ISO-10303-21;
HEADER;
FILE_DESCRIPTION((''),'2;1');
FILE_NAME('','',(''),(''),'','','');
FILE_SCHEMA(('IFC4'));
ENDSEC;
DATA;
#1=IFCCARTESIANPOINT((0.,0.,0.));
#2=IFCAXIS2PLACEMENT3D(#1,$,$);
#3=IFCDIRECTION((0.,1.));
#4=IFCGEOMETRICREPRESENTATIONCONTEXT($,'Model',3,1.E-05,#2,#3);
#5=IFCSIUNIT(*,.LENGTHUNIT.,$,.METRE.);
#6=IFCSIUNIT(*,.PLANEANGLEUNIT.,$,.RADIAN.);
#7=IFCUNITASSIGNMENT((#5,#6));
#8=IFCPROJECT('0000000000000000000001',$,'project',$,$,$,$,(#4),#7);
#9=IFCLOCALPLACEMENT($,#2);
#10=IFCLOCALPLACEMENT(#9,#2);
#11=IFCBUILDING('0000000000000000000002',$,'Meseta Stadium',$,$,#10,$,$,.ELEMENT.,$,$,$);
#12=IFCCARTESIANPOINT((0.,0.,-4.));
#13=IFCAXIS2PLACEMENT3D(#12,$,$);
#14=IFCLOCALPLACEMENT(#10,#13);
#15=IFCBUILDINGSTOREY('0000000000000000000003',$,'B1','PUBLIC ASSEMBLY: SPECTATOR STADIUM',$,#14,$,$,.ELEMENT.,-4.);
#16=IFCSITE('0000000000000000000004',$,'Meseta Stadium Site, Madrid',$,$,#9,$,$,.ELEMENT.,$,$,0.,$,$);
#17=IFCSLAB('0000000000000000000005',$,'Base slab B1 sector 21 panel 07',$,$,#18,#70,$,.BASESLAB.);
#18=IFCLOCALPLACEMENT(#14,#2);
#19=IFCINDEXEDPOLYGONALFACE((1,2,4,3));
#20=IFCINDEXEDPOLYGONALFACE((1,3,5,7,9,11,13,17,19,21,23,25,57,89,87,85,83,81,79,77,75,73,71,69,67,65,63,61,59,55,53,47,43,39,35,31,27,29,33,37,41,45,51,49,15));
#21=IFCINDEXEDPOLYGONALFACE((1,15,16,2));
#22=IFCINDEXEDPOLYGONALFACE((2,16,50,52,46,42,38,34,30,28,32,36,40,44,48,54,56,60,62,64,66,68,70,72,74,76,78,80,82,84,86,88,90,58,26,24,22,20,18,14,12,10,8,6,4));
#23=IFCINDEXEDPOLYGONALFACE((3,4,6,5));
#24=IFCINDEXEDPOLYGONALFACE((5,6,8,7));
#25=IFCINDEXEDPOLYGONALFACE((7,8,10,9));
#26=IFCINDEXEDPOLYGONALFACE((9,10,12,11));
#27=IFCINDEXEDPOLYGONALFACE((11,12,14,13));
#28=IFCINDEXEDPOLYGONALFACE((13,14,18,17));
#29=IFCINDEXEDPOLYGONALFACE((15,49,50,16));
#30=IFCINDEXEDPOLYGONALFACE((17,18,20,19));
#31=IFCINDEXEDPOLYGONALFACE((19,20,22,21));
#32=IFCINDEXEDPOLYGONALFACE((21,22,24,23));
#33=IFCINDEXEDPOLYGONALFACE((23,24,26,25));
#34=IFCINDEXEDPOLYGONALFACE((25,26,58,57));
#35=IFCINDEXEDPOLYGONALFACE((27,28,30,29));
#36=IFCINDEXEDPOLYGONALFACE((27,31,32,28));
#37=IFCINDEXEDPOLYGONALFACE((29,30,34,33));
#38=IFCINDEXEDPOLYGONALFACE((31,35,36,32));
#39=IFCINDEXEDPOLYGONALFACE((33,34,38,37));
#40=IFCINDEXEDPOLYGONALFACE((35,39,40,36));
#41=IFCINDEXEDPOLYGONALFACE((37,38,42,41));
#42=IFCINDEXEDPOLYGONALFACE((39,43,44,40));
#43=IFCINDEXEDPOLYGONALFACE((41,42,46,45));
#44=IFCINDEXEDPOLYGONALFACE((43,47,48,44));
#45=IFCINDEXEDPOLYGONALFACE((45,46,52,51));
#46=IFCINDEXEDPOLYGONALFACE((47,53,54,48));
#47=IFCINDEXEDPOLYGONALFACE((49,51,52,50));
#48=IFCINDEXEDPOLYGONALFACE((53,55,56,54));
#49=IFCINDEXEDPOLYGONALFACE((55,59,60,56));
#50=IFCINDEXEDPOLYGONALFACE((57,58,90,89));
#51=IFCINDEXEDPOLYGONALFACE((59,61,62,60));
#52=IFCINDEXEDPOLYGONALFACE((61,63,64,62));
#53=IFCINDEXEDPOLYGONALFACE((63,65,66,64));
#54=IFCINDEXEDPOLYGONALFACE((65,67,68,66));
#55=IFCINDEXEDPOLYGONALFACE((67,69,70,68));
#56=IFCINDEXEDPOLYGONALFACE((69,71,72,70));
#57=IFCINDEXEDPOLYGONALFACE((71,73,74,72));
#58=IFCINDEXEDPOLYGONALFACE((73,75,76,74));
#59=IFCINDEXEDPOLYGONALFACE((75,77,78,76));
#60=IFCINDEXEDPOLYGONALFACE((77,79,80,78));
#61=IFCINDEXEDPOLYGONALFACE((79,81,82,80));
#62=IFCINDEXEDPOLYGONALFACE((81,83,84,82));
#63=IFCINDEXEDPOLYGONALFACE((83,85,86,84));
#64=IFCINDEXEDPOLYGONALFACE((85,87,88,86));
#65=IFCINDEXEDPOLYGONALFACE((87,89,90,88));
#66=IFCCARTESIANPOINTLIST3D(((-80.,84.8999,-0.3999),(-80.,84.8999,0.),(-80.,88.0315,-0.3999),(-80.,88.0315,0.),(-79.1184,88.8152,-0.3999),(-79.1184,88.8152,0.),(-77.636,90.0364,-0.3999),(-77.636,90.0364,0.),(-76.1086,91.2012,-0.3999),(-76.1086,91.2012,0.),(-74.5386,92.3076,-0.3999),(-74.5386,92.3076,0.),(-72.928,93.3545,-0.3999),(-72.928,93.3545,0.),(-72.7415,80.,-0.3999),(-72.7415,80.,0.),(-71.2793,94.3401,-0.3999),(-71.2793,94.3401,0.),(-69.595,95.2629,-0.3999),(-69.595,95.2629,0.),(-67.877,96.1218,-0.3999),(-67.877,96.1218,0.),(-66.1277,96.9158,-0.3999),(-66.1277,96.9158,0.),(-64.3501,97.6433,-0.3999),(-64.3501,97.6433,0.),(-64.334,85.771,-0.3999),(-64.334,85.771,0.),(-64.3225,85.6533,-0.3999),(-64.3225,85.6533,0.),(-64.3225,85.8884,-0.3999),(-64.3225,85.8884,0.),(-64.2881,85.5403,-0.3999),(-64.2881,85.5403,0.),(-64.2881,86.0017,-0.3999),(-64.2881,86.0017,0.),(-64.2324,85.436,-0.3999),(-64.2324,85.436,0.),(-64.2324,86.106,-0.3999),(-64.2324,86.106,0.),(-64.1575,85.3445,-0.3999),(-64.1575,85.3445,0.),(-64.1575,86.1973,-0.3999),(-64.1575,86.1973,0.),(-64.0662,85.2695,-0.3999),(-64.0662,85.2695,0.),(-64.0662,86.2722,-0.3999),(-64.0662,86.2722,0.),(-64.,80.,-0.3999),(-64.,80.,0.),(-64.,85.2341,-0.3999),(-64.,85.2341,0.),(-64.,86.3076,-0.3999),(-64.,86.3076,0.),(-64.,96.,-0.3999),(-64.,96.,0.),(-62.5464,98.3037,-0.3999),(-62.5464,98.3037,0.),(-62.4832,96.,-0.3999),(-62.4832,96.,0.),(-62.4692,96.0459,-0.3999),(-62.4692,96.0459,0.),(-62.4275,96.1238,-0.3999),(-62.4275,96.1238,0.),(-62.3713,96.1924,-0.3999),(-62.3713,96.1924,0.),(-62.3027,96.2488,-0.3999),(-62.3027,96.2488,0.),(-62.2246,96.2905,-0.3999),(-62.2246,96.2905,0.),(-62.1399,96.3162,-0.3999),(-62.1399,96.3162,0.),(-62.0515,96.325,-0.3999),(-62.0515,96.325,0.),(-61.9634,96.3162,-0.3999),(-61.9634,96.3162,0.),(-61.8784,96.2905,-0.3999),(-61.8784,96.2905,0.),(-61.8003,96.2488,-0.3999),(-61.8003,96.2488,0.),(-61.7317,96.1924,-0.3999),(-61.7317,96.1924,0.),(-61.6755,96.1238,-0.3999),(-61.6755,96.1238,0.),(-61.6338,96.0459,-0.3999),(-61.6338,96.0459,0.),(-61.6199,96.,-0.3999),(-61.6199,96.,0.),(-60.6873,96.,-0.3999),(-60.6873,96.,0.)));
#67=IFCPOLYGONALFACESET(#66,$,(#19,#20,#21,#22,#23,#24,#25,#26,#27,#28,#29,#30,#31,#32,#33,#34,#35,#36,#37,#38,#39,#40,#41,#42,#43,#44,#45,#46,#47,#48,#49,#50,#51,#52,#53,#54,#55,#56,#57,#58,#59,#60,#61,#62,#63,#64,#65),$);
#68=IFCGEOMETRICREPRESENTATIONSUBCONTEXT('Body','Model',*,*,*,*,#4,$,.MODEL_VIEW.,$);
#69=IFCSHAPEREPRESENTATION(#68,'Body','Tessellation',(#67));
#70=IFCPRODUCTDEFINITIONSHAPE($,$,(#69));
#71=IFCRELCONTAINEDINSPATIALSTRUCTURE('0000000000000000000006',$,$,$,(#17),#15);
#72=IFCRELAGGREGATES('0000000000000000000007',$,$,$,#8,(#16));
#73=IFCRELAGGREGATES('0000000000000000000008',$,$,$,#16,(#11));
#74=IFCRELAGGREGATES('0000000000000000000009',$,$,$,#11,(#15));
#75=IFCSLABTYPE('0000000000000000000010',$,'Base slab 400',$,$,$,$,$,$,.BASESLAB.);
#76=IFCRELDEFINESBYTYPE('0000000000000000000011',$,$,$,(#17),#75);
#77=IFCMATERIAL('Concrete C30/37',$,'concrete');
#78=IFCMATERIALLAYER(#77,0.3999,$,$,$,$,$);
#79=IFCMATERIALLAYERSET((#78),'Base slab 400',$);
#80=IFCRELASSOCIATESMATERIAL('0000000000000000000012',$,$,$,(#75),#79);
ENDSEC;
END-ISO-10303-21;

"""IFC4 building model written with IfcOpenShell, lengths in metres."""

from ifc_helpers import new_model, si_unit, direction, frame, origin, place, context, subcontext, project, spatial, polyline, outline, extrude, material, layer, layer_set, type_object, element, save


model = new_model("IFC4")

# Units and contexts
model_context = context("Model", 3, precision=1e-05, world=origin(), true_north=direction((0.0, 1.0)))
body_context = subcontext(model_context, "Body", "Model", "MODEL_VIEW")
ifc_project = project(units=[si_unit("LENGTHUNIT", "METRE"), si_unit("PLANEANGLEUNIT", "RADIAN")], contexts=[model_context])

# Site, building, storey
site_placement = place(None, origin())
site = spatial("IfcSite", under=ifc_project, at=site_placement, Name="Meseta Stadium Site, Madrid", CompositionType="ELEMENT", RefElevation=0.0)
building_placement = place(site_placement, origin())
building = spatial("IfcBuilding", under=site, at=building_placement, Name="Meseta Stadium", CompositionType="ELEMENT")
storey_placement = place(building_placement, frame((0.0, 0.0, -4.0)))
storey = spatial("IfcBuildingStorey", under=building, at=storey_placement, Name="B1", Description="PUBLIC ASSEMBLY: SPECTATOR STADIUM", CompositionType="ELEMENT", Elevation=-4.0)

# Slab
ifc_material = material(Name="Concrete C30/37", Category="concrete")
ifc_layer = layer(ifc_material, 0.3999)
ifc_layer_set = layer_set([ifc_layer], Name="Base slab 400")
slab_type = type_object("IfcSlabType", Name="Base slab 400", PredefinedType="BASESLAB", material=ifc_layer_set)
slab_1_placement = place(storey_placement, frame((0.0, 0.0, -0.3999)))
element("IfcSlab", 1, at=slab_1_placement, inside=storey, type_object=slab_type, Name="Base slab B1 sector 21 panel 07", PredefinedType="BASESLAB", context=body_context, shape_type="SweptSolid", body=[
    extrude(outline(polyline([(-67.877, 96.1218), (-69.595, 95.2629), (-71.2793, 94.3401), (-72.928, 93.3545), (-74.5386, 92.3076), (-76.1086, 91.2012), (-77.636, 90.0364), (-79.1184, 88.8152), (-80.0, 88.0315), (-80.0, 84.8999), (-72.7415, 80.0), (-64.0, 80.0), (-64.0, 85.2341), (-64.0662, 85.2695), (-64.1575, 85.3445), (-64.2324, 85.436), (-64.2881, 85.5403), (-64.3225, 85.6533), (-64.334, 85.771), (-64.3225, 85.8884), (-64.2881, 86.0017), (-64.2324, 86.106), (-64.1575, 86.1973), (-64.0662, 86.2722), (-64.0, 86.3076), (-64.0, 96.0), (-62.4832, 96.0), (-62.4692, 96.0459), (-62.4275, 96.1238), (-62.3713, 96.1924), (-62.3027, 96.2488), (-62.2246, 96.2905), (-62.1399, 96.3162), (-62.0515, 96.325), (-61.9634, 96.3162), (-61.8784, 96.2905), (-61.8003, 96.2488), (-61.7317, 96.1924), (-61.6755, 96.1238), (-61.6338, 96.0459), (-61.6199, 96.0), (-60.6873, 96.0), (-62.5464, 98.3037), (-64.3501, 97.6433), (-66.1277, 96.9158), (-67.877, 96.1218)])), origin(), (0.0, 0.0, 1.0), 0.3999),
])

save(model, "model.ifc")
